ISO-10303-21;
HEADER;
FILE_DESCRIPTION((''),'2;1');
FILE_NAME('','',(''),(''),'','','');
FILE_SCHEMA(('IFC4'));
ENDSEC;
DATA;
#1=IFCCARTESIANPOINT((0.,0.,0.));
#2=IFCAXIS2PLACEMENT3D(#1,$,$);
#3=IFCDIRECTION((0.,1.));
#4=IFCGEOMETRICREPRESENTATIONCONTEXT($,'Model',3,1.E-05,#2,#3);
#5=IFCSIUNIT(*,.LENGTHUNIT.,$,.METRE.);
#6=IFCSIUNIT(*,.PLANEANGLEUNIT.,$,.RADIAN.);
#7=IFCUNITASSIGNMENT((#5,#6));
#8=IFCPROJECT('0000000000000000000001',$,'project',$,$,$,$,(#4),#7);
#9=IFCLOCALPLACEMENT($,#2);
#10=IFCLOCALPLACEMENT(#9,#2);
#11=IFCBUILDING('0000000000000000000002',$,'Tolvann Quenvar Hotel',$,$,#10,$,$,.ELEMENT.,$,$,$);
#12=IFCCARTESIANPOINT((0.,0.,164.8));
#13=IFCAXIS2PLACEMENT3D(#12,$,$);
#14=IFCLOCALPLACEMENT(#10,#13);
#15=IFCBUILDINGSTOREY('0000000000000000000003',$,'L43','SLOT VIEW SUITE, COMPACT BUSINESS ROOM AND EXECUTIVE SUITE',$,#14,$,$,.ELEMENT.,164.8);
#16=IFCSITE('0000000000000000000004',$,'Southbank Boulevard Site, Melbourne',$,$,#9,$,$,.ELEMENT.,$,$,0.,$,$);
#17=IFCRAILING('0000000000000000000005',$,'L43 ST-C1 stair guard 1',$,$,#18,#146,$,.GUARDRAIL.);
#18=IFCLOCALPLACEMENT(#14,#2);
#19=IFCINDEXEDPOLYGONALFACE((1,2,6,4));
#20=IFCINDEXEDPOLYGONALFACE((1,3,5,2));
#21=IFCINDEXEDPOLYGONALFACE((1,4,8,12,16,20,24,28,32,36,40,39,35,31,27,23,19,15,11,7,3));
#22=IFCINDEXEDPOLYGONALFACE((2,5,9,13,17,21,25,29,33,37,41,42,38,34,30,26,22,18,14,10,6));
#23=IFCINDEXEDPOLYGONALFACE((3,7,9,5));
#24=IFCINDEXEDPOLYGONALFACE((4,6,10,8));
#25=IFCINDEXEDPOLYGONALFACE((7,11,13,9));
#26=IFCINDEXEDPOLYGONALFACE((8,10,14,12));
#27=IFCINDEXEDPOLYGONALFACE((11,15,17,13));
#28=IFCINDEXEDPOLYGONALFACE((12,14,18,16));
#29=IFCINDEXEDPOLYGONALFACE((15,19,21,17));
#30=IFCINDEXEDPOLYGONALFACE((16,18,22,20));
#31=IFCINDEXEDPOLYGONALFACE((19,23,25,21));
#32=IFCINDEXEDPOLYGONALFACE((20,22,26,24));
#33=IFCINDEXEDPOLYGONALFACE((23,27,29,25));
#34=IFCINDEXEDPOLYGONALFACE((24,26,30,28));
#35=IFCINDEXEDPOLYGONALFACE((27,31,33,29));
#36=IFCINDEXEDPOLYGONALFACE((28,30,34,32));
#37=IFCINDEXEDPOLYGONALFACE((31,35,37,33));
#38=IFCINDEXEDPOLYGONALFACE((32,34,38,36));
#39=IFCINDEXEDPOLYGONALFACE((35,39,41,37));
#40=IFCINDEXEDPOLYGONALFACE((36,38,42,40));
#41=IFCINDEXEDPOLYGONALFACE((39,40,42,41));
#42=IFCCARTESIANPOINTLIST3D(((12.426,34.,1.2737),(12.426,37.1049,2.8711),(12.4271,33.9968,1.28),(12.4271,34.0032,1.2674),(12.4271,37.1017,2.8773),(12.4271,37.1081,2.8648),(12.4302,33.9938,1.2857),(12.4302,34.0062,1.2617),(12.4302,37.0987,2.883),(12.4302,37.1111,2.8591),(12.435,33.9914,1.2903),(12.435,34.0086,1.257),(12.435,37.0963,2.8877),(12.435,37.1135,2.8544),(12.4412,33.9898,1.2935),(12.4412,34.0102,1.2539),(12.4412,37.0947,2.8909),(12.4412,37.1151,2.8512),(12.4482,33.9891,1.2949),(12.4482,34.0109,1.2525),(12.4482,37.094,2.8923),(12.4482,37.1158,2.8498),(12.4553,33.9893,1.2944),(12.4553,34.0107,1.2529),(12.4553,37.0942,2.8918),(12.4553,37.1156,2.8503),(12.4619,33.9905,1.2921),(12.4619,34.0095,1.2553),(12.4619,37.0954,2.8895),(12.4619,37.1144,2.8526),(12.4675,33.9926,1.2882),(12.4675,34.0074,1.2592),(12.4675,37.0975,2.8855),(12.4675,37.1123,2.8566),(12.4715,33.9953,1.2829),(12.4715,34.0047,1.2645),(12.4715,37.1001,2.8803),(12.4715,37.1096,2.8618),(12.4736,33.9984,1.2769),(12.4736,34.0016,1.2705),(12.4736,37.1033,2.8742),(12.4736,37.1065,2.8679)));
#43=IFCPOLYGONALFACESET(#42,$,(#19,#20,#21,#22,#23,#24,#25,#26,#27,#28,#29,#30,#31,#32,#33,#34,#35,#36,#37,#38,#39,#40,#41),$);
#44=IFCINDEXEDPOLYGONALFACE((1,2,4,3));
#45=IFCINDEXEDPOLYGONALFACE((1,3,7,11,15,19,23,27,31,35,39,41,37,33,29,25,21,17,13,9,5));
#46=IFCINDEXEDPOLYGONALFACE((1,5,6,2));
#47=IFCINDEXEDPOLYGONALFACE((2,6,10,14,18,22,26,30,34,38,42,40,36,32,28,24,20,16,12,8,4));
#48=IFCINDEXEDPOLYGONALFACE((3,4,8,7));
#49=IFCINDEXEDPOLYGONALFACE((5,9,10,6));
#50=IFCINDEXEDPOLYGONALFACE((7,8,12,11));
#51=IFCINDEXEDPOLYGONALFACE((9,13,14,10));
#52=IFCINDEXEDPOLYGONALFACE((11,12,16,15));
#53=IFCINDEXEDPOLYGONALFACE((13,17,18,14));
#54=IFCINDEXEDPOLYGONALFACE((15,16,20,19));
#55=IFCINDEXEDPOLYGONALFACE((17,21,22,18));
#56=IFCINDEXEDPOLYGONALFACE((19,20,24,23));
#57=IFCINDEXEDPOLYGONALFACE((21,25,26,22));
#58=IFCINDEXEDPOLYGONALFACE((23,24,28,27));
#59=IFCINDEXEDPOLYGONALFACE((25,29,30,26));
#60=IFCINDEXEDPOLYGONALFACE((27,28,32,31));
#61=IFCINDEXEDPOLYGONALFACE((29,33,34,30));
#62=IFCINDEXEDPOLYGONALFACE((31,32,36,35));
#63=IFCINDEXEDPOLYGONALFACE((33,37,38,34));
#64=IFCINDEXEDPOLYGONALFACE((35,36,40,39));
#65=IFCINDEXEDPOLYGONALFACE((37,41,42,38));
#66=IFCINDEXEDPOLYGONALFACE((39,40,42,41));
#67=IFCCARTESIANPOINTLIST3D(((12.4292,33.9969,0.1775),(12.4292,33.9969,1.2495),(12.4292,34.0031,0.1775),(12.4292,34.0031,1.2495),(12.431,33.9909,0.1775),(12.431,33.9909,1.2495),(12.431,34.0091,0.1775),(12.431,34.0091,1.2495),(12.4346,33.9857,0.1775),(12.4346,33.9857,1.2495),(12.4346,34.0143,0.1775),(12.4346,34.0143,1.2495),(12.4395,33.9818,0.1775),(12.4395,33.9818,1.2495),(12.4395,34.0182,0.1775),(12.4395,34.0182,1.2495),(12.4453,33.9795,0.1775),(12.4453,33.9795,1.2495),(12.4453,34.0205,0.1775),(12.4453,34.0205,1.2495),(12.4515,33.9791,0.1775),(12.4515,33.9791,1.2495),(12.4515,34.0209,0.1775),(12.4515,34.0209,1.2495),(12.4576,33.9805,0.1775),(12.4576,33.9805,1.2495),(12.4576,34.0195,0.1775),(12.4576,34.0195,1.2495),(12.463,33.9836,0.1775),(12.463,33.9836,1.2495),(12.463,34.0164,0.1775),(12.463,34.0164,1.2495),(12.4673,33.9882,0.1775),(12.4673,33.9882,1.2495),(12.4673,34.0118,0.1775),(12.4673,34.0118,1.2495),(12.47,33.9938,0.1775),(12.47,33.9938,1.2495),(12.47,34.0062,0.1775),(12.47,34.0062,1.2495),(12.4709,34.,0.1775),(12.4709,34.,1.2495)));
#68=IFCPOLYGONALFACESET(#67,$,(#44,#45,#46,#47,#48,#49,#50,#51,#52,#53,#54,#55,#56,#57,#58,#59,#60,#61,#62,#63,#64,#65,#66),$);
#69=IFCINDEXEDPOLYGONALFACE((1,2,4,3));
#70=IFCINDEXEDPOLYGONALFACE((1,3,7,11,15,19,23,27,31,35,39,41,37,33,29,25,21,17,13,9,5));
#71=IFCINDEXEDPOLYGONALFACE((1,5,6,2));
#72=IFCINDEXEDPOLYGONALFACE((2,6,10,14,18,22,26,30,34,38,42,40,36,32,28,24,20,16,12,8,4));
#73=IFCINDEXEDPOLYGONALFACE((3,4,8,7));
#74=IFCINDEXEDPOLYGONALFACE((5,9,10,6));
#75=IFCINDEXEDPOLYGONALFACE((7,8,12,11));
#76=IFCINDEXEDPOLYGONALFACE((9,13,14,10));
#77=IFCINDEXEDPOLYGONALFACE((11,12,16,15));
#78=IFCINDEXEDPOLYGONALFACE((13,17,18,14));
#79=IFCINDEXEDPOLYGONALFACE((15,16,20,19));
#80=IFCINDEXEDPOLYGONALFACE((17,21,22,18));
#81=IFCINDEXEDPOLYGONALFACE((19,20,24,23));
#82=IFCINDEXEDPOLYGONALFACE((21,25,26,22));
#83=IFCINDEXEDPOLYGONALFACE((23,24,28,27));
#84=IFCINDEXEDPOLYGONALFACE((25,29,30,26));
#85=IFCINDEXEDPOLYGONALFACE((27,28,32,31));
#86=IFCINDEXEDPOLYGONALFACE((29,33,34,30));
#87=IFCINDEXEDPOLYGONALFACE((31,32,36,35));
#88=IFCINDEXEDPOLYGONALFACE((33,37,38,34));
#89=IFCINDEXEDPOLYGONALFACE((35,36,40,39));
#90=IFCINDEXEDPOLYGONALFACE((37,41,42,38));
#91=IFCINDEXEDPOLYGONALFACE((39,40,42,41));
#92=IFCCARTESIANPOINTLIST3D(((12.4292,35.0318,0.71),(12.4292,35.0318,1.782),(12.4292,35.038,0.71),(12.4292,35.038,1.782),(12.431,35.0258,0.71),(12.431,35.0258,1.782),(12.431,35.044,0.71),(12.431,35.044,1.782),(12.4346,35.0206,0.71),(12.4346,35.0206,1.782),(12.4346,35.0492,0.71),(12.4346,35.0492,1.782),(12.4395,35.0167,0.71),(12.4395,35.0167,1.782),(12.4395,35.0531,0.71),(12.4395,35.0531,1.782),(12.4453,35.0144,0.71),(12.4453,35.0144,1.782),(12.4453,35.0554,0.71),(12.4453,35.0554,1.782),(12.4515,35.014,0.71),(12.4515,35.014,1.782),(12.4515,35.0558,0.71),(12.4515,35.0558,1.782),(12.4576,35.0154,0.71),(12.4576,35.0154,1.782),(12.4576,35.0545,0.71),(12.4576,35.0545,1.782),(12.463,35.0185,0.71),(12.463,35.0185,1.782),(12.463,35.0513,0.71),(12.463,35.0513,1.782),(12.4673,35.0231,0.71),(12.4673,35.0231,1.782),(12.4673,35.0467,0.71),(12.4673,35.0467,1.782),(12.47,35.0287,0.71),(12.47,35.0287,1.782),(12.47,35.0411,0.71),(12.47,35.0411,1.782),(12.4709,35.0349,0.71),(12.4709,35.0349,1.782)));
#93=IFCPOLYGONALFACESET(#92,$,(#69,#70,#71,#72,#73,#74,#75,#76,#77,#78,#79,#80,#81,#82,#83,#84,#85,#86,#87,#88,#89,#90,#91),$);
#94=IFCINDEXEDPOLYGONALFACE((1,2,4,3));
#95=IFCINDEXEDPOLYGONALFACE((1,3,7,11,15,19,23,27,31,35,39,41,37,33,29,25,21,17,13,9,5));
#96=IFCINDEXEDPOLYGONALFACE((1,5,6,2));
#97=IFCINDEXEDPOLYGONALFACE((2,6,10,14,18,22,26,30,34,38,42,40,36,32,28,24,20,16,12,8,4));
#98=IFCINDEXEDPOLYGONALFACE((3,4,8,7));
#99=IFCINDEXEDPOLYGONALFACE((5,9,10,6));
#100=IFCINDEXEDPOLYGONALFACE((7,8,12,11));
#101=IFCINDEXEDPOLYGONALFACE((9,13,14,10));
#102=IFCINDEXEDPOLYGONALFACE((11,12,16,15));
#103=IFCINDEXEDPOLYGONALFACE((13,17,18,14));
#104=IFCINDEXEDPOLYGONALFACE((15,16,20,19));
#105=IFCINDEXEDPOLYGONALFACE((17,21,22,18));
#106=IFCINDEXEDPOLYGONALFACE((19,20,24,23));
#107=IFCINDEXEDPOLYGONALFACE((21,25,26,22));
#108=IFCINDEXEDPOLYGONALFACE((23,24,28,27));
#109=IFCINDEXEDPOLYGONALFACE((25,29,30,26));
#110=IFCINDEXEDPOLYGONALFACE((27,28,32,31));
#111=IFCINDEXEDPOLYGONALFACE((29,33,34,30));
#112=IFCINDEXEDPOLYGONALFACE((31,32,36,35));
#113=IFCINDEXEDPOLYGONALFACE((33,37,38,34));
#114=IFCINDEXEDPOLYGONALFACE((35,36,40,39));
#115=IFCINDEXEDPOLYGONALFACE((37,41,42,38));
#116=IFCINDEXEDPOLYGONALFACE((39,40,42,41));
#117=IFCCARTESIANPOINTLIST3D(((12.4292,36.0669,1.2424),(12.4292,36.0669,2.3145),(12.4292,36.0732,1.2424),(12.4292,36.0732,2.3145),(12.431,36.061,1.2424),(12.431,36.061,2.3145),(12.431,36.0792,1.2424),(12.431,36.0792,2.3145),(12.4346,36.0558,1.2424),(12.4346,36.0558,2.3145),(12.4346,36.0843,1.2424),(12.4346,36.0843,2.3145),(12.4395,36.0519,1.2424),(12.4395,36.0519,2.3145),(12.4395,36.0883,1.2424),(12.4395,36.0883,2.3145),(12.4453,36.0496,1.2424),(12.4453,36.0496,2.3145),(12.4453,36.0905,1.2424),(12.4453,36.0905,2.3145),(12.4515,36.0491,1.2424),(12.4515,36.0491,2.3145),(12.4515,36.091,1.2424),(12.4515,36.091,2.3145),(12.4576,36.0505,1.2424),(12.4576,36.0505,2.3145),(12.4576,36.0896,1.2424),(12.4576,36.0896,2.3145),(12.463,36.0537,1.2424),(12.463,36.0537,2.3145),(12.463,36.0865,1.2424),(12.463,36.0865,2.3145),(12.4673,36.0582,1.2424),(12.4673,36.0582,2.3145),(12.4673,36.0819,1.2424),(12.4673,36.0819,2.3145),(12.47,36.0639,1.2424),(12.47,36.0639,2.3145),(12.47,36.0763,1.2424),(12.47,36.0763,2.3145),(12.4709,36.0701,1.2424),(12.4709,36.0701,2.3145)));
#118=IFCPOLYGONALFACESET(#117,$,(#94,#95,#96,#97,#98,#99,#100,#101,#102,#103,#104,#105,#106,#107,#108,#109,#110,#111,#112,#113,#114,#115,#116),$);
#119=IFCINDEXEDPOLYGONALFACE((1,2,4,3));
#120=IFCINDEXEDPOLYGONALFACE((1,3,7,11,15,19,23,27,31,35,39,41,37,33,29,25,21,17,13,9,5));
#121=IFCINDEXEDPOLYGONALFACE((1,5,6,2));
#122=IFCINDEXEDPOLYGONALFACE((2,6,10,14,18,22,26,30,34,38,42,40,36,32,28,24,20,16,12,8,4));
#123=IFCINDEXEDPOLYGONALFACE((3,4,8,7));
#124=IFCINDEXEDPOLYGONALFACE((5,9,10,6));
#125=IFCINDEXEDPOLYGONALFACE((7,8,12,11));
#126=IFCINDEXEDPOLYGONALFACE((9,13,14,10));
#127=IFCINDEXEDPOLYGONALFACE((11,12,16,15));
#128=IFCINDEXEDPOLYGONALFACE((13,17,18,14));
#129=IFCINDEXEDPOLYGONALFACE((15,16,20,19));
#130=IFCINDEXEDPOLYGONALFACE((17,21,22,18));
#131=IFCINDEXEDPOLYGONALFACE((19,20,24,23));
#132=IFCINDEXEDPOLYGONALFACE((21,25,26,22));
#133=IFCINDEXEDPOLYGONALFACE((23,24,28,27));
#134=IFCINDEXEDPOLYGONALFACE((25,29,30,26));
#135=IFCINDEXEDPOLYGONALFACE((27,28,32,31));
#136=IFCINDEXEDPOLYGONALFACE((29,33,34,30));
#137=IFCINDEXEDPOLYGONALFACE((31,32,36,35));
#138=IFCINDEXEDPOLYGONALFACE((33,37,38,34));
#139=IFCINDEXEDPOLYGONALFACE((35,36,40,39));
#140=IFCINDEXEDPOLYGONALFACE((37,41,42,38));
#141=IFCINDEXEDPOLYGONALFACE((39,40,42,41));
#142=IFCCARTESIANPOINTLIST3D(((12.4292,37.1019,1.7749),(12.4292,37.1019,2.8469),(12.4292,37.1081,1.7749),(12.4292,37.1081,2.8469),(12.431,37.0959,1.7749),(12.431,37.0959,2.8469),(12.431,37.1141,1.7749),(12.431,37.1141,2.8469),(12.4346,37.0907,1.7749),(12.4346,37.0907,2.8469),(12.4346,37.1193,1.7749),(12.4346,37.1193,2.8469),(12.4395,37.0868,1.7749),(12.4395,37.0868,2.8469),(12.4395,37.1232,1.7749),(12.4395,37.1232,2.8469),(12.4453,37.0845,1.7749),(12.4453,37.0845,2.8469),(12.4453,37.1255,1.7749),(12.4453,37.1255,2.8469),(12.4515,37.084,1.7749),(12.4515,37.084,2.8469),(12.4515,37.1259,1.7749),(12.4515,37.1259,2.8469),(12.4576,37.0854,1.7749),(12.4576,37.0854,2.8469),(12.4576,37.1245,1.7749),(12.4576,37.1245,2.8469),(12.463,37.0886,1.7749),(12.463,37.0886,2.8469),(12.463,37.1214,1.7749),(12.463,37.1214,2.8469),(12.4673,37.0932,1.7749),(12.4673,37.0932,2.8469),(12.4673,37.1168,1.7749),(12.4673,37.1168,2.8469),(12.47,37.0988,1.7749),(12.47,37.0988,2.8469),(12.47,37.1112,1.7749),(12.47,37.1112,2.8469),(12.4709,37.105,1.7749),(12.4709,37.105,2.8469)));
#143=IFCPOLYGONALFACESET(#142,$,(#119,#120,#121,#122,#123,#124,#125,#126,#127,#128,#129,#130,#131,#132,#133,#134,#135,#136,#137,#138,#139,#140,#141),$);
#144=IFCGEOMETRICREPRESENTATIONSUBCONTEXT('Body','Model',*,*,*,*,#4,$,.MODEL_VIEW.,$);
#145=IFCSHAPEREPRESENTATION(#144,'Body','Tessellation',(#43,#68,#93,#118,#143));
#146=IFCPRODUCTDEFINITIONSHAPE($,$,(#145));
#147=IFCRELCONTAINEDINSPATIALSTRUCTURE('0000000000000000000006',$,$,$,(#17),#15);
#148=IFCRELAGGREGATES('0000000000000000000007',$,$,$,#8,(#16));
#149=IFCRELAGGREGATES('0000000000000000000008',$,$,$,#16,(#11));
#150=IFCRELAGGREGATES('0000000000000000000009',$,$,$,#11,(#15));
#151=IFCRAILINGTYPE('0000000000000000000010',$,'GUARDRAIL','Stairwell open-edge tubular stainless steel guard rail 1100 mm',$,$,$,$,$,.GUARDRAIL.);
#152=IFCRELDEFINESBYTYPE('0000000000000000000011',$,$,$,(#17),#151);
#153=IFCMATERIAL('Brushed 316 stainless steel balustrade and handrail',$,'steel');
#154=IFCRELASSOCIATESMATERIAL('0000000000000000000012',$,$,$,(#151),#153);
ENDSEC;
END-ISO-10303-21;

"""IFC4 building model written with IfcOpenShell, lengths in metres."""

from ifc_helpers import new_model, si_unit, direction, frame, origin, origin_2d, place, context, subcontext, project, spatial, circle, extrude, material, type_object, element, save


model = new_model("IFC4")

# Units and contexts
model_context = context("Model", 3, precision=1e-05, world=origin(), true_north=direction((0.0, 1.0)))
body_context = subcontext(model_context, "Body", "Model", "MODEL_VIEW")
ifc_project = project(units=[si_unit("LENGTHUNIT", "METRE"), si_unit("PLANEANGLEUNIT", "RADIAN")], contexts=[model_context])

# Site, building, storey
site_placement = place(None, origin())
site = spatial("IfcSite", under=ifc_project, at=site_placement, Name="Southbank Boulevard Site, Melbourne", CompositionType="ELEMENT", RefElevation=0.0)
building_placement = place(site_placement, origin())
building = spatial("IfcBuilding", under=site, at=building_placement, Name="Tolvann Quenvar Hotel", CompositionType="ELEMENT")
storey_placement = place(building_placement, frame((0.0, 0.0, 164.8)))
storey = spatial("IfcBuildingStorey", under=building, at=storey_placement, Name="L43", Description="SLOT VIEW SUITE, COMPACT BUSINESS ROOM AND EXECUTIVE SUITE", CompositionType="ELEMENT", Elevation=164.8)

# Railing
ifc_material_1 = material(Name="Brushed 316 stainless steel balustrade and handrail", Category="steel")
railing_type_1 = type_object("IfcRailingType", Name="GUARDRAIL", Description="Stairwell open-edge tubular stainless steel guard rail 1100 mm", PredefinedType="GUARDRAIL", material=ifc_material_1)
railing_1_placement = place(storey_placement, frame((12.45, 34.0, 0.1775)))
element("IfcRailing", 1, at=railing_1_placement, inside=storey, type_object=railing_type_1, Name="L43 ST-C1 stair guard 1", PredefinedType="GUARDRAIL", context=body_context, shape_type="SweptSolid", body=[
    extrude(circle(Radius=0.0239, at=origin_2d()), frame((0.0, 0.0, 1.0962), z_axis=(0.0, 0.889222, 0.457476), x_axis=(-1.0, 0.0, 0.0)), (0.0, 0.0, 1.0), 3.4917),
    extrude(circle(Radius=0.021, at=origin_2d()), origin(), (0.0, 0.0, 1.0), 1.072),
    extrude(circle(Radius=0.021, at=origin_2d()), frame((0.0, 1.0349, 0.5325)), (0.0, 0.0, 1.0), 1.072),
    extrude(circle(Radius=0.021, at=origin_2d()), frame((0.0, 2.0701, 1.0649)), (0.0, 0.0, 1.0), 1.072),
    extrude(circle(Radius=0.021, at=origin_2d()), frame((0.0, 3.105, 1.5974)), (0.0, 0.0, 1.0), 1.072),
])

save(model, "model.ifc")
